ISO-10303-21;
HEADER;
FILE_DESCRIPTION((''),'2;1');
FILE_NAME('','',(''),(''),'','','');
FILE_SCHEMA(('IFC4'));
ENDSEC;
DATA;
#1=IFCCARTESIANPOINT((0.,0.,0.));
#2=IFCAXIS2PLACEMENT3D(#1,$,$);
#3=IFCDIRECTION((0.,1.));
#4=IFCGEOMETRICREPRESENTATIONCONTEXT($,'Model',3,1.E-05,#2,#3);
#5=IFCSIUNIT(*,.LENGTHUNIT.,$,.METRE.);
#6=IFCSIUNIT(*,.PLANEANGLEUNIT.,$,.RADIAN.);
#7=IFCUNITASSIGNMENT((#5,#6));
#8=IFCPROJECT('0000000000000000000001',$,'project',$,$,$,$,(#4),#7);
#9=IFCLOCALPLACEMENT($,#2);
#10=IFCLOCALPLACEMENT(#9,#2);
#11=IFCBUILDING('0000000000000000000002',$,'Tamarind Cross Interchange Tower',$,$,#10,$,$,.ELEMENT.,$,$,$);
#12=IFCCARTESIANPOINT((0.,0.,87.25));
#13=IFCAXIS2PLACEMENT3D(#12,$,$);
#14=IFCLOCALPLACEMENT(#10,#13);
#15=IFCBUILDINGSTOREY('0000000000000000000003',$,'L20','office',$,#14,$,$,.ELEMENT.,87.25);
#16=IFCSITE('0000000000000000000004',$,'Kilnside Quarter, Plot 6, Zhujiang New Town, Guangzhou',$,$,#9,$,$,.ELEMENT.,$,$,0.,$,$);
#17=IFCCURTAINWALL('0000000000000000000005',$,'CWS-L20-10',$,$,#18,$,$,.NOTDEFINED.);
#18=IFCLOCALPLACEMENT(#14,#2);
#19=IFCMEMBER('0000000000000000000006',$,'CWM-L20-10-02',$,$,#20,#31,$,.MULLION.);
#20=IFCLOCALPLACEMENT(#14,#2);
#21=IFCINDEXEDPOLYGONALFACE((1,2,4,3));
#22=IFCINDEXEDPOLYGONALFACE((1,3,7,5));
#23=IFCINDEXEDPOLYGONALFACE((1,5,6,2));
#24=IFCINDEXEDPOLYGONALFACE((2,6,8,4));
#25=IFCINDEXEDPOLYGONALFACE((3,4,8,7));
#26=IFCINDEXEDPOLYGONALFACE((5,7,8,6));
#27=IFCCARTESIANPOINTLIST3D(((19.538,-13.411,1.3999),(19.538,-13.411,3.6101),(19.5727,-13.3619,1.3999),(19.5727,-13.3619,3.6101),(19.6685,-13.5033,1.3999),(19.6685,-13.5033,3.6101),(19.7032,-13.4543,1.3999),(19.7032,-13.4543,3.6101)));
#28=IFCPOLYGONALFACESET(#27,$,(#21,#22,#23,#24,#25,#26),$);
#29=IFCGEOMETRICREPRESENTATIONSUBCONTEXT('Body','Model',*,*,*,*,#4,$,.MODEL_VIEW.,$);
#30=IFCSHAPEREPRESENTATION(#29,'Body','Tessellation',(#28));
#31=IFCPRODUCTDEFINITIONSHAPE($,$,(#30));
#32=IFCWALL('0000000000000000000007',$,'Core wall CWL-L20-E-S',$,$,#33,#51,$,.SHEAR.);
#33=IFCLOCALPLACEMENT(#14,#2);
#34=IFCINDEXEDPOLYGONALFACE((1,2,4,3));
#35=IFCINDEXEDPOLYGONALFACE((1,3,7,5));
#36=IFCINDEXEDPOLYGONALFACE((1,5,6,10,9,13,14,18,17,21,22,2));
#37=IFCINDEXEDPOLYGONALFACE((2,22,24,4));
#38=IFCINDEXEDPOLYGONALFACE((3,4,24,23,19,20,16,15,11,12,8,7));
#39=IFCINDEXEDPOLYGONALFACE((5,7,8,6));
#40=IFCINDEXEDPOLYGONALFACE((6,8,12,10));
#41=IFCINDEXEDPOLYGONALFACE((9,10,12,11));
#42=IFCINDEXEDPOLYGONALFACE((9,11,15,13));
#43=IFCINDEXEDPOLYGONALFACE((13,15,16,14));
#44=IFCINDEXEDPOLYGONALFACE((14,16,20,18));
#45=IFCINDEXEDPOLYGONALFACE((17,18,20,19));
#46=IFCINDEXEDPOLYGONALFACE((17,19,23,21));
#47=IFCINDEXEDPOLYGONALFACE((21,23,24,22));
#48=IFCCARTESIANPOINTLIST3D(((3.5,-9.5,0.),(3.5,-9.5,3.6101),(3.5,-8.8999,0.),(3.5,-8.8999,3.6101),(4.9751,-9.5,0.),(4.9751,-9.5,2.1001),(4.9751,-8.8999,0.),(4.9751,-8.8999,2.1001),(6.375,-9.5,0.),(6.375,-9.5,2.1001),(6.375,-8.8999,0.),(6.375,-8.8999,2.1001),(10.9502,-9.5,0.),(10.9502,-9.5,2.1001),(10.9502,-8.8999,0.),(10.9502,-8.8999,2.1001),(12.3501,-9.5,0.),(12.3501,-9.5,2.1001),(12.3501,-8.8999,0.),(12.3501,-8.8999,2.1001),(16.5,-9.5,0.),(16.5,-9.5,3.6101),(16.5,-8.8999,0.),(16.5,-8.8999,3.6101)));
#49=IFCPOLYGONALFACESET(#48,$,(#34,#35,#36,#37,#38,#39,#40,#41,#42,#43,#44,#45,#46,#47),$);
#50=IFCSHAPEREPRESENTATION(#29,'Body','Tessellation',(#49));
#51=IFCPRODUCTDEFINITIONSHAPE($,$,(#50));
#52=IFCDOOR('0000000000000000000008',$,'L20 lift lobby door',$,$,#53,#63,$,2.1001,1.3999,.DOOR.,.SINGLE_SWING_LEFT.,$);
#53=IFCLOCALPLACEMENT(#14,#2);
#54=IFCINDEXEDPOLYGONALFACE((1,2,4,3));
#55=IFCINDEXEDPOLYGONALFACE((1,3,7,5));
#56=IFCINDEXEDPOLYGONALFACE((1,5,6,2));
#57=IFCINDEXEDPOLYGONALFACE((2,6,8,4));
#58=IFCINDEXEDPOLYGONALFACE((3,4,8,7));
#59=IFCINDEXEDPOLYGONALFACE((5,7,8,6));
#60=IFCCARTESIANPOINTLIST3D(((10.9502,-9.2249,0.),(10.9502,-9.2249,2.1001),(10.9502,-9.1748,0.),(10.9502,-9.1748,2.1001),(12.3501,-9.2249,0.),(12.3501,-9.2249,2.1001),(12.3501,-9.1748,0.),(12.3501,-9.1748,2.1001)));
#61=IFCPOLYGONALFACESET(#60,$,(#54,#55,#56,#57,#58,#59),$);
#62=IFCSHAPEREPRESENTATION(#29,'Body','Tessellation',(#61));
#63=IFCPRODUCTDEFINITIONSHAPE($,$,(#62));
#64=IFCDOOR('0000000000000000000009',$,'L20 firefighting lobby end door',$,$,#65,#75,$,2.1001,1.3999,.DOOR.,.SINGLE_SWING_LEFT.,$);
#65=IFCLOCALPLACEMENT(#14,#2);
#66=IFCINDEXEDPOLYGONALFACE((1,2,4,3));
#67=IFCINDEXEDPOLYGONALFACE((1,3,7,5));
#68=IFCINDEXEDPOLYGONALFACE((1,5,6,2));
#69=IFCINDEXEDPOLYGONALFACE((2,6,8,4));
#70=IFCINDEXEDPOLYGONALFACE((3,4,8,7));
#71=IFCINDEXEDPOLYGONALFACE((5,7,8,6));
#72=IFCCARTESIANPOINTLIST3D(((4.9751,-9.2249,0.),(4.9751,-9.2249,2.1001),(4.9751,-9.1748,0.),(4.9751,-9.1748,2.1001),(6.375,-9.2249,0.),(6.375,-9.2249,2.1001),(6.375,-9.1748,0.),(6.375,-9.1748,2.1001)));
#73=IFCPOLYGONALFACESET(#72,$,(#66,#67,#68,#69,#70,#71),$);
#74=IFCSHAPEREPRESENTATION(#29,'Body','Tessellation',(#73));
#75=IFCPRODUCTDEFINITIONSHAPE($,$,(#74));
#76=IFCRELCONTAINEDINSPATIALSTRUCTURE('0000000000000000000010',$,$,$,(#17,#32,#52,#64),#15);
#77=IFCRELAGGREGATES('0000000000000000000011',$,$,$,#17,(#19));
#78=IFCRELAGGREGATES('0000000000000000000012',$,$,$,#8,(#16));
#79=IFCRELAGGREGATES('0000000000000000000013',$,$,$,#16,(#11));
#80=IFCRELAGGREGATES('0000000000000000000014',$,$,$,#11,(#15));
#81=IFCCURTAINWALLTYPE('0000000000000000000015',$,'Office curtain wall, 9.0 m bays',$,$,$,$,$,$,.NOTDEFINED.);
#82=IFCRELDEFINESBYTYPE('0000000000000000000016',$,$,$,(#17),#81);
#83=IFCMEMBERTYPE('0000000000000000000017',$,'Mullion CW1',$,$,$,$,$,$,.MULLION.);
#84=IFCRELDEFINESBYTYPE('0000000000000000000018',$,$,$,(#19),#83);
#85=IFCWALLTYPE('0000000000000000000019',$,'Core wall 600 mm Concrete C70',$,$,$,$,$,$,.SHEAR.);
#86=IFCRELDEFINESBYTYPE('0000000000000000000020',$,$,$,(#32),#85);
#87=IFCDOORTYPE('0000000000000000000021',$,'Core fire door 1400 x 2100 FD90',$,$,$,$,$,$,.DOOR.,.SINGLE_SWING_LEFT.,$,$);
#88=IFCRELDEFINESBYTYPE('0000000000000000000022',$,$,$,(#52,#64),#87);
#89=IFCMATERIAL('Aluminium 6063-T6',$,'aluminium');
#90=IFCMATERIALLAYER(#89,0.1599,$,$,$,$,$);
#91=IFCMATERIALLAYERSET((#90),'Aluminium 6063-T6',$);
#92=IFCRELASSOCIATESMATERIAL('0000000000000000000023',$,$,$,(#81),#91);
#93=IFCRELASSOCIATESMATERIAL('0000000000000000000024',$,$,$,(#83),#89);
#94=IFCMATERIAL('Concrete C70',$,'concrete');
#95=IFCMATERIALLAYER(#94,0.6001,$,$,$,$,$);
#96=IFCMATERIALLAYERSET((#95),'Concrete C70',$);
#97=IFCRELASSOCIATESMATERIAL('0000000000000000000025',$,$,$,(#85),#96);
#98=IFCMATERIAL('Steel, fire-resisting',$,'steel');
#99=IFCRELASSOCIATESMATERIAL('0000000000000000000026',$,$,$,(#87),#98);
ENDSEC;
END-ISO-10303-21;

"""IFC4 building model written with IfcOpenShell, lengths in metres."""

from ifc_helpers import new_model, si_unit, direction, frame, frame_2d, origin, origin_2d, place, context, subcontext, project, spatial, rectangle, extrude, material, layer, layer_set, material_profile, profile_set, type_object, element, fill, aggregate, save


model = new_model("IFC4")

# Units and contexts
model_context = context("Model", 3, precision=1e-05, world=origin(), true_north=direction((0.0, 1.0)))
body_context = subcontext(model_context, "Body", "Model", "MODEL_VIEW")
ifc_project = project(units=[si_unit("LENGTHUNIT", "METRE"), si_unit("PLANEANGLEUNIT", "RADIAN")], contexts=[model_context])

# Site, building, storey
site_placement = place(None, origin())
site = spatial("IfcSite", under=ifc_project, at=site_placement, Name="Kilnside Quarter, Plot 6, Zhujiang New Town, Guangzhou", CompositionType="ELEMENT", RefElevation=0.0)
building_placement = place(site_placement, origin())
building = spatial("IfcBuilding", under=site, at=building_placement, Name="Tamarind Cross Interchange Tower", CompositionType="ELEMENT")
storey_placement = place(building_placement, frame((0.0, 0.0, 87.25)))
storey = spatial("IfcBuildingStorey", under=building, at=storey_placement, Name="L20", Description="office", CompositionType="ELEMENT", Elevation=87.25)

# Curtain wall, member
ifc_material_1 = material(Name="Aluminium 6063-T6", Category="aluminium")
ifc_layer_1 = layer(ifc_material_1, 0.1599)
ifc_layer_set_1 = layer_set([ifc_layer_1], Name="Aluminium 6063-T6")
curtain_wall_type = type_object("IfcCurtainWallType", Name="Office curtain wall, 9.0 m bays", PredefinedType="NOTDEFINED", material=ifc_layer_set_1)
curtain_wall_placement = place(storey_placement, origin())
curtain_wall = element("IfcCurtainWall", 1, at=curtain_wall_placement, inside=storey, type_object=curtain_wall_type, Name="CWS-L20-10", PredefinedType="NOTDEFINED")
ifc_material_profile_1 = material_profile(ifc_material_1, rectangle(XDim=0.0601, YDim=0.1599, at=origin_2d()), Name="Mullion CW1")
ifc_profile_set_1 = profile_set([ifc_material_profile_1], Name="Aluminium 6063-T6")
member_type = type_object("IfcMemberType", Name="Mullion CW1", PredefinedType="MULLION", material=ifc_profile_set_1)
member_placement = place(storey_placement, frame((19.6206, -13.4326, 1.3999), z_axis=(0.0, 0.0, 1.0), x_axis=(0.577569, 0.816342, 0.0)))
member = element("IfcMember", 2, at=member_placement, type_object=member_type, Name="CWM-L20-10-02", PredefinedType="MULLION", context=body_context, shape_type="SweptSolid", body=[
    extrude(rectangle(XDim=0.0601, YDim=0.1599, at=origin_2d()), origin(), (0.0, 0.0, 1.0), 2.2102),
])
aggregate(curtain_wall, [member])

# Wall, openings, doors
ifc_material_2 = material(Name="Concrete C70", Category="concrete")
ifc_layer_2 = layer(ifc_material_2, 0.6001)
ifc_layer_set_2 = layer_set([ifc_layer_2], Name="Concrete C70")
wall_type_1 = type_object("IfcWallType", Name="Core wall 600 mm Concrete C70", PredefinedType="SHEAR", material=ifc_layer_set_2)
wall_1_placement = place(storey_placement, frame((16.5, -9.2, 0.0), z_axis=(0.0, 0.0, 1.0), x_axis=(-1.0, 0.0, 0.0)))
wall_1 = element("IfcWall", 3, at=wall_1_placement, inside=storey, type_object=wall_type_1, Name="Core wall CWL-L20-E-S", PredefinedType="SHEAR", context=body_context, shape_type="SweptSolid", body=[
    extrude(rectangle(XDim=13.0, YDim=0.6001, at=frame_2d((6.5, 0.0))), origin(), (0.0, 0.0, 1.0), 3.6101),
])
opening_1_placement = place(wall_1_placement, frame((4.1499, 0.0, 0.0)))
opening_1 = element("IfcOpeningElement", 4, at=opening_1_placement, cuts=wall_1, PredefinedType="OPENING", context=body_context, shape_type="SweptSolid", body=[
    extrude(rectangle(XDim=1.3999, YDim=2.1001, at=frame_2d((0.7, 1.05))), frame((0.0, 0.3101, 0.0), z_axis=(0.0, -1.0, 0.0), x_axis=(1.0, 0.0, 0.0)), (0.0, 0.0, 1.0), 0.6201),
])
opening_2_placement = place(wall_1_placement, frame((10.125, 0.0, 0.0)))
opening_2 = element("IfcOpeningElement", 5, at=opening_2_placement, cuts=wall_1, PredefinedType="OPENING", context=body_context, shape_type="SweptSolid", body=[
    extrude(rectangle(XDim=1.3999, YDim=2.1001, at=frame_2d((0.7, 1.05))), frame((0.0, 0.3101, 0.0), z_axis=(0.0, -1.0, 0.0), x_axis=(1.0, 0.0, 0.0)), (0.0, 0.0, 1.0), 0.6201),
])
ifc_material_3 = material(Name="Steel, fire-resisting", Category="steel")
door_type_1 = type_object("IfcDoorType", Name="Core fire door 1400 x 2100 FD90", OperationType="SINGLE_SWING_LEFT", PredefinedType="DOOR", material=ifc_material_3)
door_1_placement = place(opening_1_placement, origin())
door_1 = element("IfcDoor", 6, at=door_1_placement, inside=storey, type_object=door_type_1, Name="L20 lift lobby door", OperationType="SINGLE_SWING_LEFT", OverallHeight=2.1001, OverallWidth=1.3999, PredefinedType="DOOR", context=body_context, shape_type="SweptSolid", body=[
    extrude(rectangle(XDim=1.3999, YDim=2.1001, at=frame_2d((0.7, 1.05))), frame((0.0, 0.0249, 0.0), z_axis=(0.0, -1.0, 0.0), x_axis=(1.0, 0.0, 0.0)), (0.0, 0.0, 1.0), 0.05),
])
fill(opening_1, door_1)
door_2_placement = place(opening_2_placement, origin())
door_2 = element("IfcDoor", 7, at=door_2_placement, inside=storey, type_object=door_type_1, Name="L20 firefighting lobby end door", OperationType="SINGLE_SWING_LEFT", OverallHeight=2.1001, OverallWidth=1.3999, PredefinedType="DOOR", context=body_context, shape_type="SweptSolid", body=[
    extrude(rectangle(XDim=1.3999, YDim=2.1001, at=frame_2d((0.7, 1.05))), frame((0.0, 0.0249, 0.0), z_axis=(0.0, -1.0, 0.0), x_axis=(1.0, 0.0, 0.0)), (0.0, 0.0, 1.0), 0.05),
])
fill(opening_2, door_2)

save(model, "model.ifc")
